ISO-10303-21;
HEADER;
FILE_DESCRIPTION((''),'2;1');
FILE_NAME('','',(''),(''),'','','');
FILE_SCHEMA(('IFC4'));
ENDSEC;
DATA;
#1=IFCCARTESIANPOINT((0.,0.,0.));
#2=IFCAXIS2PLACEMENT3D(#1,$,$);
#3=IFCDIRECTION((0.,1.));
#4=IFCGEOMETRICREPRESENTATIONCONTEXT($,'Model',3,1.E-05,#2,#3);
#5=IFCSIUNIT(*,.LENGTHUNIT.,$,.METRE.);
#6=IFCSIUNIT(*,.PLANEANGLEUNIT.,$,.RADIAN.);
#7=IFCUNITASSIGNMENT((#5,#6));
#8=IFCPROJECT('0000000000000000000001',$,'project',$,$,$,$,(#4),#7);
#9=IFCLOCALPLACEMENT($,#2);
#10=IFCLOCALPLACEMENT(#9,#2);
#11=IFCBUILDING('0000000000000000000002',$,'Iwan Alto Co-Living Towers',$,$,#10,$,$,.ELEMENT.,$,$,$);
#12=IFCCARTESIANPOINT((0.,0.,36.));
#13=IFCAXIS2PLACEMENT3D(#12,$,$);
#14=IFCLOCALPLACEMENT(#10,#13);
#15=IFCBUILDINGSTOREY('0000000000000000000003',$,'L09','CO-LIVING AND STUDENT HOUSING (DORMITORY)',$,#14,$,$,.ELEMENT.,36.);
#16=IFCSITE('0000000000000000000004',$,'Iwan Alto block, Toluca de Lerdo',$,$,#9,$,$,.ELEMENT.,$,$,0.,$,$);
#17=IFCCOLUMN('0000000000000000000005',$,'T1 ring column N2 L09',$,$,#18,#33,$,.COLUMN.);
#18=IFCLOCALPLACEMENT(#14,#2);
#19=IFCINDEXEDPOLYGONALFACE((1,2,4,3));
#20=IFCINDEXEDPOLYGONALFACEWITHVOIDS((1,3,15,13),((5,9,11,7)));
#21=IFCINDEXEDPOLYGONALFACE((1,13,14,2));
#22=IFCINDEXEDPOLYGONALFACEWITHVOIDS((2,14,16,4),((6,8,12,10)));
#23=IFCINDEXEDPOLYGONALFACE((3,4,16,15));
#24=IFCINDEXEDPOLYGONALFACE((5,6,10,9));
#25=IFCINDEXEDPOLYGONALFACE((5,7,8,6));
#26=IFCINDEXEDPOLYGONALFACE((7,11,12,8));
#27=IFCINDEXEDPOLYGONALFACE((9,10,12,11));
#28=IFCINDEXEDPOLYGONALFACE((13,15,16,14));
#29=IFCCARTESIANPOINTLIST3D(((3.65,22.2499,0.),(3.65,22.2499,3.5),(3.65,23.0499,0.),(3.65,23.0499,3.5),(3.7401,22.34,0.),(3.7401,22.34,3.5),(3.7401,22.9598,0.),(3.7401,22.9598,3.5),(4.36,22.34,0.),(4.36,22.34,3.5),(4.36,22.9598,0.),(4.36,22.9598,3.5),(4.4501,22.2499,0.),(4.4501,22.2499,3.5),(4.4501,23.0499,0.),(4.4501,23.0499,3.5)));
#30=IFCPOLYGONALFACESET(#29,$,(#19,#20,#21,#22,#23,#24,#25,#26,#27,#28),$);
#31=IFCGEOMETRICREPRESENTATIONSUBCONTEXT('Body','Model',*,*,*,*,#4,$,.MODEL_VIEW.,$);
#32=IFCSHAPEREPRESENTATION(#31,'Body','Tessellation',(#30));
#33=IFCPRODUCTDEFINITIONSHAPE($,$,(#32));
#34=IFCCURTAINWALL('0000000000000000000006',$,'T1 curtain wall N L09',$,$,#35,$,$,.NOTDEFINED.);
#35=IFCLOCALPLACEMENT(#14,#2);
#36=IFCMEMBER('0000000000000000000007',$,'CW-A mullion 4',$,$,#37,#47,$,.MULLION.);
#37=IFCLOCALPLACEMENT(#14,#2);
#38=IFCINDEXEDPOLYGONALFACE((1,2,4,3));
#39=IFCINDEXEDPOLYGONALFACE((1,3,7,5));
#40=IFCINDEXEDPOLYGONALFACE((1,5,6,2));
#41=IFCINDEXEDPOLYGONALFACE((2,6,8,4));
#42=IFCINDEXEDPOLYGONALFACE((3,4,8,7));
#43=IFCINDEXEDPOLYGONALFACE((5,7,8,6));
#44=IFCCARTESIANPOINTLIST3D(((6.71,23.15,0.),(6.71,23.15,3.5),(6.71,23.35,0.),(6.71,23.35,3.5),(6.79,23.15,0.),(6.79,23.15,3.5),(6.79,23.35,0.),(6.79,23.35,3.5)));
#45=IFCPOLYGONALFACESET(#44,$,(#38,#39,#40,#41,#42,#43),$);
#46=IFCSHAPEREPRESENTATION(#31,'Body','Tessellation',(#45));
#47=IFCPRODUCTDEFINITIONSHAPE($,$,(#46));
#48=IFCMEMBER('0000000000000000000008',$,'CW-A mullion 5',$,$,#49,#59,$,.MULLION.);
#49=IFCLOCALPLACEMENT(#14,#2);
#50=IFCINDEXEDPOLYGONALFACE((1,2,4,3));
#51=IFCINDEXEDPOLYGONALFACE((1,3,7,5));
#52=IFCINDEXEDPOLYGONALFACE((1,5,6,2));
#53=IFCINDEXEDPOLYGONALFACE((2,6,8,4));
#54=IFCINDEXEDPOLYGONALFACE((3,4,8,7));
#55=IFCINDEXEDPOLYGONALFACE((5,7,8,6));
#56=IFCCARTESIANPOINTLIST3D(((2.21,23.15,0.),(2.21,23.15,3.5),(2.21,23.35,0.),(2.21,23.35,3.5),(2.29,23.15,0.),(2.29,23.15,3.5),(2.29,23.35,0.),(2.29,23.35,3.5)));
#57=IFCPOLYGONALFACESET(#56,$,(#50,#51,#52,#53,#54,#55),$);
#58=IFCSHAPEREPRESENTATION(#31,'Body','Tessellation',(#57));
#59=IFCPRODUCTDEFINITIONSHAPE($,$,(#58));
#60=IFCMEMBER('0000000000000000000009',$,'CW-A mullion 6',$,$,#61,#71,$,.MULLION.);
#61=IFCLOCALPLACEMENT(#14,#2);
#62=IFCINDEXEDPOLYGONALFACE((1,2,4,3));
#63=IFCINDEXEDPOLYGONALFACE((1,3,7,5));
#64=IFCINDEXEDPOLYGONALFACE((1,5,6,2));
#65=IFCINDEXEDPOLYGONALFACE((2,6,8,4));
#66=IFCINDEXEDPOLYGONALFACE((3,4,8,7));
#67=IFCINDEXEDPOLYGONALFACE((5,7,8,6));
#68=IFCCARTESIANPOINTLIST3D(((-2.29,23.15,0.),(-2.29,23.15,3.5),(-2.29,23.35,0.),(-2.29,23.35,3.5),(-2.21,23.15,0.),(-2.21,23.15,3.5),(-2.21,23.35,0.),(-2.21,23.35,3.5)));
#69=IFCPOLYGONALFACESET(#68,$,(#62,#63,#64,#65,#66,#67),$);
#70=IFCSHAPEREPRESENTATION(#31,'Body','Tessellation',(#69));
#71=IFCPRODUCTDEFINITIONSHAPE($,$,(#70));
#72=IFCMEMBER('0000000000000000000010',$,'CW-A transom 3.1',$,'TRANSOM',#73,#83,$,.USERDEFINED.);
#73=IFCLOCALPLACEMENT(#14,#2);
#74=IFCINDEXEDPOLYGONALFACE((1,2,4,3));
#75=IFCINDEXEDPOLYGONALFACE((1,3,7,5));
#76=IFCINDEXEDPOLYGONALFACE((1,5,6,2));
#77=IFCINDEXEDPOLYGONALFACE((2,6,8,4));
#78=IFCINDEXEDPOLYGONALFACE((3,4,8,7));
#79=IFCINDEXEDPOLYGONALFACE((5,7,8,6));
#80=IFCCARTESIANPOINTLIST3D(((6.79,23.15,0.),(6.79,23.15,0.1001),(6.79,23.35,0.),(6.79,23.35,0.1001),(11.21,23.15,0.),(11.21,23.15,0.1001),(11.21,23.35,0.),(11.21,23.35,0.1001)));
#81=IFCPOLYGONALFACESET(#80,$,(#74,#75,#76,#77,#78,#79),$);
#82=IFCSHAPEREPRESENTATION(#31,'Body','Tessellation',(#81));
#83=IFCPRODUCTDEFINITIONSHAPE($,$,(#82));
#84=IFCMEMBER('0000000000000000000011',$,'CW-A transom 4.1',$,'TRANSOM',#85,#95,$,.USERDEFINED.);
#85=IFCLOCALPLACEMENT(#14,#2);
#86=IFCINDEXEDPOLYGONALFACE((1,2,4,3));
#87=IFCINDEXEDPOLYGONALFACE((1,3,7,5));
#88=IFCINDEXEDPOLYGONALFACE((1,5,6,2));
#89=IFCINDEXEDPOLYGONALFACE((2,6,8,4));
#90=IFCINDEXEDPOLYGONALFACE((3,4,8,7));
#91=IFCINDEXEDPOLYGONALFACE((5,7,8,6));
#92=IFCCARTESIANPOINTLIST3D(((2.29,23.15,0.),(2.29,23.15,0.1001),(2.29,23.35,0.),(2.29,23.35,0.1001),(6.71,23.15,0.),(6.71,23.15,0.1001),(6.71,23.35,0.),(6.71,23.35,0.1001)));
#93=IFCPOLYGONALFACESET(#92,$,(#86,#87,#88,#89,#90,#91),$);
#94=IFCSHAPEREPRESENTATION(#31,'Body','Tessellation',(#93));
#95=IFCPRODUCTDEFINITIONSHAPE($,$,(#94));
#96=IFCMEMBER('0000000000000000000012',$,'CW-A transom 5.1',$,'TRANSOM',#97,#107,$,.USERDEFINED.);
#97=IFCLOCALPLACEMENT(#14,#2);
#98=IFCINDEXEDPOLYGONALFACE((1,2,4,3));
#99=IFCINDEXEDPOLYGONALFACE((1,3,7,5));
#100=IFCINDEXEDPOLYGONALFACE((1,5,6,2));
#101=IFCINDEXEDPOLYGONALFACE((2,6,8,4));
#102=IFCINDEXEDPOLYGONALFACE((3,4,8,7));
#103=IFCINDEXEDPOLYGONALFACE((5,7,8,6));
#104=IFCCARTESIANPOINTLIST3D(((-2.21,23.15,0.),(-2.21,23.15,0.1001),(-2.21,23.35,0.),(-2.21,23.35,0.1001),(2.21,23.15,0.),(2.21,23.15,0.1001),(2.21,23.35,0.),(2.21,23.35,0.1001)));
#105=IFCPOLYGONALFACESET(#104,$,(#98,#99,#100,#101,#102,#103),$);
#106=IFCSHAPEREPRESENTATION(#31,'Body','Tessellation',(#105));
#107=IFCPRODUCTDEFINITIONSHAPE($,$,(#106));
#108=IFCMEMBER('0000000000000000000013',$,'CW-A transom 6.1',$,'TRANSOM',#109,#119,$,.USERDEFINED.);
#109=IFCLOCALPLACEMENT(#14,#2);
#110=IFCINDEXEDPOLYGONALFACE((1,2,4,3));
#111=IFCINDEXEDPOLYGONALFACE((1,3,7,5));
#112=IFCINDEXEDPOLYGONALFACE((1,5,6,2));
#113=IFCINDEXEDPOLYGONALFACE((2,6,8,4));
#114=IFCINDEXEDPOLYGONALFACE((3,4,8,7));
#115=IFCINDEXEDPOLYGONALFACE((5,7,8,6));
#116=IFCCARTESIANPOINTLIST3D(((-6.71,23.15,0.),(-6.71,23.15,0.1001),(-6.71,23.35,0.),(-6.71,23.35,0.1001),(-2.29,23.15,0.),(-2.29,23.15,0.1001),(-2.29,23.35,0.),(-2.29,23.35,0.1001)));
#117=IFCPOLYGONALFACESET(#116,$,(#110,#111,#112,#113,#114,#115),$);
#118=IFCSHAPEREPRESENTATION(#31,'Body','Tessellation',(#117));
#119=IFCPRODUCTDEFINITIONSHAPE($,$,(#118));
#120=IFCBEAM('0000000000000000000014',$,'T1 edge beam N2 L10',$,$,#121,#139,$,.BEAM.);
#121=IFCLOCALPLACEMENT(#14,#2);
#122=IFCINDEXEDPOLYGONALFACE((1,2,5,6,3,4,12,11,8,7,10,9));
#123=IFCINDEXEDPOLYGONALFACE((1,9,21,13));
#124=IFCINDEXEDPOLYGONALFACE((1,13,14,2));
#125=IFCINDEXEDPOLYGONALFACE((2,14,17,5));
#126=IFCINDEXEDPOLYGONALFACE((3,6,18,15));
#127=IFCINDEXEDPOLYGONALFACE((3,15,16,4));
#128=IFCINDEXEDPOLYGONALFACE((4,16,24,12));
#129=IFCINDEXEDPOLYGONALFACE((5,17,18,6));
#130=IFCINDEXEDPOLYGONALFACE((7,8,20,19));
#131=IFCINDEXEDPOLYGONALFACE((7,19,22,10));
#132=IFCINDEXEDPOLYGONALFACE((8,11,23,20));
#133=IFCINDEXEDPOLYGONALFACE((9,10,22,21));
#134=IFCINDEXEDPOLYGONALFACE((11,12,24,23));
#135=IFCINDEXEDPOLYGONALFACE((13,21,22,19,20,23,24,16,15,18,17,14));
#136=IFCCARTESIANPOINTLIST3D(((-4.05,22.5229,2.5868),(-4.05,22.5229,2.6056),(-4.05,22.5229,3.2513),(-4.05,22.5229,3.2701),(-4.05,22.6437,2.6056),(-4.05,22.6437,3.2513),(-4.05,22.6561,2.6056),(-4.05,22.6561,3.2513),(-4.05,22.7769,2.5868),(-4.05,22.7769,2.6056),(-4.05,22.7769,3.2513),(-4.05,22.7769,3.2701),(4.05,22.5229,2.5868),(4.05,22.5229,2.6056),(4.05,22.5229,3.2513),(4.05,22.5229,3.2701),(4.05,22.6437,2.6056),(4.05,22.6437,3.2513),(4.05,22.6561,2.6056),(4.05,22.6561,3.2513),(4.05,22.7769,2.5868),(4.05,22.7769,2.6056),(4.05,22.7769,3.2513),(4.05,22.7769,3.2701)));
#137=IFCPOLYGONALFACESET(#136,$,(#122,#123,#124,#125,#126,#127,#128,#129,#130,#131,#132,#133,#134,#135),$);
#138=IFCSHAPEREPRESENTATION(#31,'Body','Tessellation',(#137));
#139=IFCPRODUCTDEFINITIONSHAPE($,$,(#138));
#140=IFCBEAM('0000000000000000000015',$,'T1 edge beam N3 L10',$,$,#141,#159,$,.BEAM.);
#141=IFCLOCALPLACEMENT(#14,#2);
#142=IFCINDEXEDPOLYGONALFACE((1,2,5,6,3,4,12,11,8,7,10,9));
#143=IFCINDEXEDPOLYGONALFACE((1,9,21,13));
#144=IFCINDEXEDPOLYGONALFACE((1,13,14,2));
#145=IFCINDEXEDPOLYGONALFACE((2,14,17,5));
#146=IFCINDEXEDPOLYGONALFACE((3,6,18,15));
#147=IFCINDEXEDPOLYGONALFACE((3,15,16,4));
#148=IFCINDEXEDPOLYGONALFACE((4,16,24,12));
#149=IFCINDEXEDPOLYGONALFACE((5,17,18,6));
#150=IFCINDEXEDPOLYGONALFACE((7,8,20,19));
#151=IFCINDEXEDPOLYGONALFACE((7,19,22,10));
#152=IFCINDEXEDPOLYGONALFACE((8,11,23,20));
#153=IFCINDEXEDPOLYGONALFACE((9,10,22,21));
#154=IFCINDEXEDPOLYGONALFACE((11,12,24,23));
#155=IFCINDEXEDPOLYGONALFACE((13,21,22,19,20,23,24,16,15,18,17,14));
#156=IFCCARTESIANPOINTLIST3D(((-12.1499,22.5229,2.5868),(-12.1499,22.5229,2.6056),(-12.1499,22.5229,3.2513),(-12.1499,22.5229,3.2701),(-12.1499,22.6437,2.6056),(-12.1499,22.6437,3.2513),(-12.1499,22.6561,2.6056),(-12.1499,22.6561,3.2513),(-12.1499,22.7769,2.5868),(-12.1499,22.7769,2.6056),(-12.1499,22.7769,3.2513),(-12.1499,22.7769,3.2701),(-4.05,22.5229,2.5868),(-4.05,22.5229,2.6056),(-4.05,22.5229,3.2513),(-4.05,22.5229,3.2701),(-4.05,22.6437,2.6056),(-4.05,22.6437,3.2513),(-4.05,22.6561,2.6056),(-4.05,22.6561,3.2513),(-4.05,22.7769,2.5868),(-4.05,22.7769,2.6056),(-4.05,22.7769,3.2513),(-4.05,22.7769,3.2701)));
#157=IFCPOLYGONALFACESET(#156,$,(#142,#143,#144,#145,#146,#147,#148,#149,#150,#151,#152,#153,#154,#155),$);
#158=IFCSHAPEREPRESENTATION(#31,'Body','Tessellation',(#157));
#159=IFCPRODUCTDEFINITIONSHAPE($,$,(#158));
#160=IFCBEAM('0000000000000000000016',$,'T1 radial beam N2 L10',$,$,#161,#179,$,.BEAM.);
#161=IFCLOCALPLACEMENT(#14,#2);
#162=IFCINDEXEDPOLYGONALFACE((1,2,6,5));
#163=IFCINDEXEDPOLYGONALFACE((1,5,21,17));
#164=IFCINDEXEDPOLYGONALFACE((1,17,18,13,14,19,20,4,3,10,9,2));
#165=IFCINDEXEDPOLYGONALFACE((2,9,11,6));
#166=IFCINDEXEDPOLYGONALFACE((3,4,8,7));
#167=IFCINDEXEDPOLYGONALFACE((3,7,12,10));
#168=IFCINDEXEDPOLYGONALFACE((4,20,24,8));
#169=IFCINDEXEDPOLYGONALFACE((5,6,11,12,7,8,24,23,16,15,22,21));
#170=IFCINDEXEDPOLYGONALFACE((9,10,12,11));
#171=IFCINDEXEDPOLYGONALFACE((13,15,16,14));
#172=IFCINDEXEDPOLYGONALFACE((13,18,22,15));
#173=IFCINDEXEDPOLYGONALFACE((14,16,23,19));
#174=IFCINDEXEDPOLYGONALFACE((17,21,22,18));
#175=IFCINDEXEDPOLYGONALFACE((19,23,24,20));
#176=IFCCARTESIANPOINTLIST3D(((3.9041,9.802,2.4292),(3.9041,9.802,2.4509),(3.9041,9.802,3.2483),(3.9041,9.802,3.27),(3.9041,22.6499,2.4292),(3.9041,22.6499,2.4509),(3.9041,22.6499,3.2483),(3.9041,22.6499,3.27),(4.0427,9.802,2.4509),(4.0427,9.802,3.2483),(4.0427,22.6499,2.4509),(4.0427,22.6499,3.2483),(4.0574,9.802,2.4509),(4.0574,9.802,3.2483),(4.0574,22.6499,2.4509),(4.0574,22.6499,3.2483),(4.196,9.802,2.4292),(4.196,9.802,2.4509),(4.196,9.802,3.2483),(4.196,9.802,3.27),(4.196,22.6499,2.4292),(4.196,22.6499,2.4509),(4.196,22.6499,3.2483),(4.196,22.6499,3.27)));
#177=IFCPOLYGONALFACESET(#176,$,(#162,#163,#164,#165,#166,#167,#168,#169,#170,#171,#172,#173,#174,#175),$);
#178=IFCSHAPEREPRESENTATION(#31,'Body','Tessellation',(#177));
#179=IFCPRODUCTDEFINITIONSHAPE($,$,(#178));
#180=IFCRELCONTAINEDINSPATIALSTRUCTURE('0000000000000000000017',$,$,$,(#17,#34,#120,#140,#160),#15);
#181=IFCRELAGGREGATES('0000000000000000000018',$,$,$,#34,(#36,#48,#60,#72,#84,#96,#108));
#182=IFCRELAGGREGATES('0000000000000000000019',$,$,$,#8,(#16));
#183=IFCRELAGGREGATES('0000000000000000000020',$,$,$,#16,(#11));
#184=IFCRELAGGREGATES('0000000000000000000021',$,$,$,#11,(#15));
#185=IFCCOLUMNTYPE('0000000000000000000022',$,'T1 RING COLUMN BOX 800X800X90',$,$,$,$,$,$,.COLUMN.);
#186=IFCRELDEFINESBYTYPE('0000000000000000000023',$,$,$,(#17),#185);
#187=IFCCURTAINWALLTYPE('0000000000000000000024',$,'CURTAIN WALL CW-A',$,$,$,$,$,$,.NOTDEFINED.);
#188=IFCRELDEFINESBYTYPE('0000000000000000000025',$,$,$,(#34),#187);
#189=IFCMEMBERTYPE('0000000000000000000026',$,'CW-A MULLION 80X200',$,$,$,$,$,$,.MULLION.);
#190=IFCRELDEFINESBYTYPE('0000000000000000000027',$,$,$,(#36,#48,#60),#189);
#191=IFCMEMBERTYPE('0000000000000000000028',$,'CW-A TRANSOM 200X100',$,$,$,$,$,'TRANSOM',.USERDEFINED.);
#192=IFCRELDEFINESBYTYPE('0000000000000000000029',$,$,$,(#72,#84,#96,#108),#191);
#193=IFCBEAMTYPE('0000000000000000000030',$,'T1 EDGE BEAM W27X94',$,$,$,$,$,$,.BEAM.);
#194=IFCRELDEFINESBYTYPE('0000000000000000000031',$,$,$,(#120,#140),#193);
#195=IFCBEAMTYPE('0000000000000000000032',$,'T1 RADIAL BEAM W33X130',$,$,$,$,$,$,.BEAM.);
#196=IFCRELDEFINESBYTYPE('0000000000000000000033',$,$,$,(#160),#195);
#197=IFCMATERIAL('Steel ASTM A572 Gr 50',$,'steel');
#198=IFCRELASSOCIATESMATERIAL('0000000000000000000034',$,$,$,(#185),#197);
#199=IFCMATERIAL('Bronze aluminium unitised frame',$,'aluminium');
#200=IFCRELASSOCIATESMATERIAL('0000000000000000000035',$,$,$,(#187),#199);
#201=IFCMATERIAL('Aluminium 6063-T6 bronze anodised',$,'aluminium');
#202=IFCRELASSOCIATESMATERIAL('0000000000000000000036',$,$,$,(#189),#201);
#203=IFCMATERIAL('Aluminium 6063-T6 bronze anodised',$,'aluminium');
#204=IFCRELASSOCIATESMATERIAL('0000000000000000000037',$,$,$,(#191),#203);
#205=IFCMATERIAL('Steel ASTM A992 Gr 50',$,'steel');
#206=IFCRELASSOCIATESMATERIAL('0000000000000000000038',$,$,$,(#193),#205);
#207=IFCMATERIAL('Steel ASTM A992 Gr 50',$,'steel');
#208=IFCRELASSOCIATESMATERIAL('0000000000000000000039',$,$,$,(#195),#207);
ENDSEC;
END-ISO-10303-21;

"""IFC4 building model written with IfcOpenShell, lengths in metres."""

from ifc_helpers import new_model, si_unit, direction, frame, origin, origin_2d, place, context, subcontext, project, spatial, rectangle, hollow_rectangle, i_section, extrude, material, material_profile, profile_set, type_object, element, aggregate, save


model = new_model("IFC4")

# Units and contexts
model_context = context("Model", 3, precision=1e-05, world=origin(), true_north=direction((0.0, 1.0)))
body_context = subcontext(model_context, "Body", "Model", "MODEL_VIEW")
ifc_project = project(units=[si_unit("LENGTHUNIT", "METRE"), si_unit("PLANEANGLEUNIT", "RADIAN")], contexts=[model_context])

# Site, building, storey
site_placement = place(None, origin())
site = spatial("IfcSite", under=ifc_project, at=site_placement, Name="Iwan Alto block, Toluca de Lerdo", CompositionType="ELEMENT", RefElevation=0.0)
building_placement = place(site_placement, origin())
building = spatial("IfcBuilding", under=site, at=building_placement, Name="Iwan Alto Co-Living Towers", CompositionType="ELEMENT")
storey_placement = place(building_placement, frame((0.0, 0.0, 36.0)))
storey = spatial("IfcBuildingStorey", under=building, at=storey_placement, Name="L09", Description="CO-LIVING AND STUDENT HOUSING (DORMITORY)", CompositionType="ELEMENT", Elevation=36.0)

# Column
ifc_material_1 = material(Name="Steel ASTM A572 Gr 50", Category="steel")
ifc_material_profile_1 = material_profile(ifc_material_1, hollow_rectangle(XDim=0.8, YDim=0.8, WallThickness=0.0901, at=origin_2d()), Name="BOX 800X800X90")
ifc_profile_set_1 = profile_set([ifc_material_profile_1], Name="Steel ASTM A572 Gr 50")
column_type = type_object("IfcColumnType", Name="T1 RING COLUMN BOX 800X800X90", PredefinedType="COLUMN", material=ifc_profile_set_1)
column_placement = place(storey_placement, frame((4.05, 22.6499, 0.0), z_axis=(0.0, 0.0, 1.0), x_axis=(1.0, 0.0, 0.0)))
element("IfcColumn", 1, at=column_placement, inside=storey, type_object=column_type, Name="T1 ring column N2 L09", PredefinedType="COLUMN", context=body_context, shape_type="SweptSolid", body=[
    extrude(hollow_rectangle(XDim=0.8, YDim=0.8, WallThickness=0.0901, at=origin_2d()), origin(), (0.0, 0.0, 1.0), 3.5),
])

# Curtain wall, members
ifc_material_2 = material(Name="Bronze aluminium unitised frame", Category="aluminium")
curtain_wall_type = type_object("IfcCurtainWallType", Name="CURTAIN WALL CW-A", PredefinedType="NOTDEFINED", material=ifc_material_2)
curtain_wall_placement = place(storey_placement, origin())
curtain_wall = element("IfcCurtainWall", 2, at=curtain_wall_placement, inside=storey, type_object=curtain_wall_type, Name="T1 curtain wall N L09", PredefinedType="NOTDEFINED")
ifc_material_3 = material(Name="Aluminium 6063-T6 bronze anodised", Category="aluminium")
ifc_material_profile_2 = material_profile(ifc_material_3, rectangle(XDim=0.2, YDim=0.0801, at=origin_2d()), Name="AL 80X200")
ifc_profile_set_2 = profile_set([ifc_material_profile_2], Name="Aluminium 6063-T6 bronze anodised")
member_type_1 = type_object("IfcMemberType", Name="CW-A MULLION 80X200", PredefinedType="MULLION", material=ifc_profile_set_2)
member_1_placement = place(storey_placement, frame((6.75, 23.25, 0.0), z_axis=(0.0, 0.0, 1.0), x_axis=(0.0, -1.0, 0.0)))
member_1 = element("IfcMember", 3, at=member_1_placement, type_object=member_type_1, Name="CW-A mullion 4", PredefinedType="MULLION", context=body_context, shape_type="SweptSolid", body=[
    extrude(rectangle(XDim=0.2, YDim=0.0801, at=origin_2d()), origin(), (0.0, 0.0, 1.0), 3.5),
])
member_2_placement = place(storey_placement, frame((2.25, 23.25, 0.0), z_axis=(0.0, 0.0, 1.0), x_axis=(0.0, -1.0, 0.0)))
member_2 = element("IfcMember", 4, at=member_2_placement, type_object=member_type_1, Name="CW-A mullion 5", PredefinedType="MULLION", context=body_context, shape_type="SweptSolid", body=[
    extrude(rectangle(XDim=0.2, YDim=0.0801, at=origin_2d()), origin(), (0.0, 0.0, 1.0), 3.5),
])
member_3_placement = place(storey_placement, frame((-2.25, 23.25, 0.0), z_axis=(0.0, 0.0, 1.0), x_axis=(0.0, -1.0, 0.0)))
member_3 = element("IfcMember", 5, at=member_3_placement, type_object=member_type_1, Name="CW-A mullion 6", PredefinedType="MULLION", context=body_context, shape_type="SweptSolid", body=[
    extrude(rectangle(XDim=0.2, YDim=0.0801, at=origin_2d()), origin(), (0.0, 0.0, 1.0), 3.5),
])
ifc_material_4 = material(Name="Aluminium 6063-T6 bronze anodised", Category="aluminium")
ifc_material_profile_3 = material_profile(ifc_material_4, rectangle(XDim=0.2, YDim=0.1001, at=origin_2d()), Name="AL 200X100")
ifc_profile_set_3 = profile_set([ifc_material_profile_3], Name="Aluminium 6063-T6 bronze anodised")
member_type_2 = type_object("IfcMemberType", Name="CW-A TRANSOM 200X100", ElementType="TRANSOM", PredefinedType="USERDEFINED", material=ifc_profile_set_3)
member_4_placement = place(storey_placement, frame((11.21, 23.25, 0.05), z_axis=(-1.0, 0.0, 0.0), x_axis=(0.0, -1.0, 0.0)))
member_4 = element("IfcMember", 6, at=member_4_placement, type_object=member_type_2, Name="CW-A transom 3.1", ObjectType="TRANSOM", PredefinedType="USERDEFINED", context=body_context, shape_type="SweptSolid", body=[
    extrude(rectangle(XDim=0.2, YDim=0.1001, at=origin_2d()), origin(), (0.0, 0.0, 1.0), 4.4199),
])
member_5_placement = place(storey_placement, frame((6.71, 23.25, 0.05), z_axis=(-1.0, 0.0, 0.0), x_axis=(0.0, -1.0, 0.0)))
member_5 = element("IfcMember", 7, at=member_5_placement, type_object=member_type_2, Name="CW-A transom 4.1", ObjectType="TRANSOM", PredefinedType="USERDEFINED", context=body_context, shape_type="SweptSolid", body=[
    extrude(rectangle(XDim=0.2, YDim=0.1001, at=origin_2d()), origin(), (0.0, 0.0, 1.0), 4.4199),
])
member_6_placement = place(storey_placement, frame((2.21, 23.25, 0.05), z_axis=(-1.0, 0.0, 0.0), x_axis=(0.0, -1.0, 0.0)))
member_6 = element("IfcMember", 8, at=member_6_placement, type_object=member_type_2, Name="CW-A transom 5.1", ObjectType="TRANSOM", PredefinedType="USERDEFINED", context=body_context, shape_type="SweptSolid", body=[
    extrude(rectangle(XDim=0.2, YDim=0.1001, at=origin_2d()), origin(), (0.0, 0.0, 1.0), 4.4199),
])
member_7_placement = place(storey_placement, frame((-2.29, 23.25, 0.05), z_axis=(-1.0, 0.0, 0.0), x_axis=(0.0, -1.0, 0.0)))
member_7 = element("IfcMember", 9, at=member_7_placement, type_object=member_type_2, Name="CW-A transom 6.1", ObjectType="TRANSOM", PredefinedType="USERDEFINED", context=body_context, shape_type="SweptSolid", body=[
    extrude(rectangle(XDim=0.2, YDim=0.1001, at=origin_2d()), origin(), (0.0, 0.0, 1.0), 4.4199),
])

# Beams
ifc_material_5 = material(Name="Steel ASTM A992 Gr 50", Category="steel")
ifc_material_profile_4 = material_profile(ifc_material_5, i_section(OverallWidth=0.2539, OverallDepth=0.6833, WebThickness=0.0125, FlangeThickness=0.0188, at=origin_2d()), Name="W27X94")
ifc_profile_set_4 = profile_set([ifc_material_profile_4], Name="Steel ASTM A992 Gr 50")
beam_type_1 = type_object("IfcBeamType", Name="T1 EDGE BEAM W27X94", PredefinedType="BEAM", material=ifc_profile_set_4)
beam_1_placement = place(storey_placement, frame((4.05, 22.6499, 2.9285), z_axis=(-1.0, 0.0, 0.0), x_axis=(0.0, -1.0, 0.0)))
element("IfcBeam", 10, at=beam_1_placement, inside=storey, type_object=beam_type_1, Name="T1 edge beam N2 L10", PredefinedType="BEAM", context=body_context, shape_type="SweptSolid", body=[
    extrude(i_section(OverallWidth=0.2539, OverallDepth=0.6833, WebThickness=0.0125, FlangeThickness=0.0188, at=origin_2d()), origin(), (0.0, 0.0, 1.0), 8.1001),
])
beam_2_placement = place(storey_placement, frame((-4.05, 22.6499, 2.9285), z_axis=(-1.0, 0.0, 0.0), x_axis=(0.0, -1.0, 0.0)))
element("IfcBeam", 11, at=beam_2_placement, inside=storey, type_object=beam_type_1, Name="T1 edge beam N3 L10", PredefinedType="BEAM", context=body_context, shape_type="SweptSolid", body=[
    extrude(i_section(OverallWidth=0.2539, OverallDepth=0.6833, WebThickness=0.0125, FlangeThickness=0.0188, at=origin_2d()), origin(), (0.0, 0.0, 1.0), 8.0999),
])
ifc_material_6 = material(Name="Steel ASTM A992 Gr 50", Category="steel")
ifc_material_profile_5 = material_profile(ifc_material_6, i_section(OverallWidth=0.292, OverallDepth=0.8408, WebThickness=0.0146, FlangeThickness=0.0217, at=origin_2d()), Name="W33X130")
ifc_profile_set_5 = profile_set([ifc_material_profile_5], Name="Steel ASTM A992 Gr 50")
beam_type_2 = type_object("IfcBeamType", Name="T1 RADIAL BEAM W33X130", PredefinedType="BEAM", material=ifc_profile_set_5)
for number, where, z_axis, x_axis, name in (
    (12, (4.05, 22.6499, 2.8496), (0.0, -1.0, 0.0), (1.0, 0.0, 0.0), "T1 radial beam N2 L10"),
):
    element("IfcBeam", number, at=place(storey_placement, frame(where, z_axis=z_axis, x_axis=x_axis)), inside=storey, type_object=beam_type_2, Name=name, PredefinedType="BEAM", context=body_context, shape_type="SweptSolid", body=[
        extrude(i_section(OverallWidth=0.292, OverallDepth=0.8408, WebThickness=0.0146, FlangeThickness=0.0217, at=origin_2d()), origin(), (0.0, 0.0, 1.0), 12.8479),
    ])

aggregate(curtain_wall, [member_1, member_2, member_3, member_4, member_5, member_6, member_7])

save(model, "model.ifc")
